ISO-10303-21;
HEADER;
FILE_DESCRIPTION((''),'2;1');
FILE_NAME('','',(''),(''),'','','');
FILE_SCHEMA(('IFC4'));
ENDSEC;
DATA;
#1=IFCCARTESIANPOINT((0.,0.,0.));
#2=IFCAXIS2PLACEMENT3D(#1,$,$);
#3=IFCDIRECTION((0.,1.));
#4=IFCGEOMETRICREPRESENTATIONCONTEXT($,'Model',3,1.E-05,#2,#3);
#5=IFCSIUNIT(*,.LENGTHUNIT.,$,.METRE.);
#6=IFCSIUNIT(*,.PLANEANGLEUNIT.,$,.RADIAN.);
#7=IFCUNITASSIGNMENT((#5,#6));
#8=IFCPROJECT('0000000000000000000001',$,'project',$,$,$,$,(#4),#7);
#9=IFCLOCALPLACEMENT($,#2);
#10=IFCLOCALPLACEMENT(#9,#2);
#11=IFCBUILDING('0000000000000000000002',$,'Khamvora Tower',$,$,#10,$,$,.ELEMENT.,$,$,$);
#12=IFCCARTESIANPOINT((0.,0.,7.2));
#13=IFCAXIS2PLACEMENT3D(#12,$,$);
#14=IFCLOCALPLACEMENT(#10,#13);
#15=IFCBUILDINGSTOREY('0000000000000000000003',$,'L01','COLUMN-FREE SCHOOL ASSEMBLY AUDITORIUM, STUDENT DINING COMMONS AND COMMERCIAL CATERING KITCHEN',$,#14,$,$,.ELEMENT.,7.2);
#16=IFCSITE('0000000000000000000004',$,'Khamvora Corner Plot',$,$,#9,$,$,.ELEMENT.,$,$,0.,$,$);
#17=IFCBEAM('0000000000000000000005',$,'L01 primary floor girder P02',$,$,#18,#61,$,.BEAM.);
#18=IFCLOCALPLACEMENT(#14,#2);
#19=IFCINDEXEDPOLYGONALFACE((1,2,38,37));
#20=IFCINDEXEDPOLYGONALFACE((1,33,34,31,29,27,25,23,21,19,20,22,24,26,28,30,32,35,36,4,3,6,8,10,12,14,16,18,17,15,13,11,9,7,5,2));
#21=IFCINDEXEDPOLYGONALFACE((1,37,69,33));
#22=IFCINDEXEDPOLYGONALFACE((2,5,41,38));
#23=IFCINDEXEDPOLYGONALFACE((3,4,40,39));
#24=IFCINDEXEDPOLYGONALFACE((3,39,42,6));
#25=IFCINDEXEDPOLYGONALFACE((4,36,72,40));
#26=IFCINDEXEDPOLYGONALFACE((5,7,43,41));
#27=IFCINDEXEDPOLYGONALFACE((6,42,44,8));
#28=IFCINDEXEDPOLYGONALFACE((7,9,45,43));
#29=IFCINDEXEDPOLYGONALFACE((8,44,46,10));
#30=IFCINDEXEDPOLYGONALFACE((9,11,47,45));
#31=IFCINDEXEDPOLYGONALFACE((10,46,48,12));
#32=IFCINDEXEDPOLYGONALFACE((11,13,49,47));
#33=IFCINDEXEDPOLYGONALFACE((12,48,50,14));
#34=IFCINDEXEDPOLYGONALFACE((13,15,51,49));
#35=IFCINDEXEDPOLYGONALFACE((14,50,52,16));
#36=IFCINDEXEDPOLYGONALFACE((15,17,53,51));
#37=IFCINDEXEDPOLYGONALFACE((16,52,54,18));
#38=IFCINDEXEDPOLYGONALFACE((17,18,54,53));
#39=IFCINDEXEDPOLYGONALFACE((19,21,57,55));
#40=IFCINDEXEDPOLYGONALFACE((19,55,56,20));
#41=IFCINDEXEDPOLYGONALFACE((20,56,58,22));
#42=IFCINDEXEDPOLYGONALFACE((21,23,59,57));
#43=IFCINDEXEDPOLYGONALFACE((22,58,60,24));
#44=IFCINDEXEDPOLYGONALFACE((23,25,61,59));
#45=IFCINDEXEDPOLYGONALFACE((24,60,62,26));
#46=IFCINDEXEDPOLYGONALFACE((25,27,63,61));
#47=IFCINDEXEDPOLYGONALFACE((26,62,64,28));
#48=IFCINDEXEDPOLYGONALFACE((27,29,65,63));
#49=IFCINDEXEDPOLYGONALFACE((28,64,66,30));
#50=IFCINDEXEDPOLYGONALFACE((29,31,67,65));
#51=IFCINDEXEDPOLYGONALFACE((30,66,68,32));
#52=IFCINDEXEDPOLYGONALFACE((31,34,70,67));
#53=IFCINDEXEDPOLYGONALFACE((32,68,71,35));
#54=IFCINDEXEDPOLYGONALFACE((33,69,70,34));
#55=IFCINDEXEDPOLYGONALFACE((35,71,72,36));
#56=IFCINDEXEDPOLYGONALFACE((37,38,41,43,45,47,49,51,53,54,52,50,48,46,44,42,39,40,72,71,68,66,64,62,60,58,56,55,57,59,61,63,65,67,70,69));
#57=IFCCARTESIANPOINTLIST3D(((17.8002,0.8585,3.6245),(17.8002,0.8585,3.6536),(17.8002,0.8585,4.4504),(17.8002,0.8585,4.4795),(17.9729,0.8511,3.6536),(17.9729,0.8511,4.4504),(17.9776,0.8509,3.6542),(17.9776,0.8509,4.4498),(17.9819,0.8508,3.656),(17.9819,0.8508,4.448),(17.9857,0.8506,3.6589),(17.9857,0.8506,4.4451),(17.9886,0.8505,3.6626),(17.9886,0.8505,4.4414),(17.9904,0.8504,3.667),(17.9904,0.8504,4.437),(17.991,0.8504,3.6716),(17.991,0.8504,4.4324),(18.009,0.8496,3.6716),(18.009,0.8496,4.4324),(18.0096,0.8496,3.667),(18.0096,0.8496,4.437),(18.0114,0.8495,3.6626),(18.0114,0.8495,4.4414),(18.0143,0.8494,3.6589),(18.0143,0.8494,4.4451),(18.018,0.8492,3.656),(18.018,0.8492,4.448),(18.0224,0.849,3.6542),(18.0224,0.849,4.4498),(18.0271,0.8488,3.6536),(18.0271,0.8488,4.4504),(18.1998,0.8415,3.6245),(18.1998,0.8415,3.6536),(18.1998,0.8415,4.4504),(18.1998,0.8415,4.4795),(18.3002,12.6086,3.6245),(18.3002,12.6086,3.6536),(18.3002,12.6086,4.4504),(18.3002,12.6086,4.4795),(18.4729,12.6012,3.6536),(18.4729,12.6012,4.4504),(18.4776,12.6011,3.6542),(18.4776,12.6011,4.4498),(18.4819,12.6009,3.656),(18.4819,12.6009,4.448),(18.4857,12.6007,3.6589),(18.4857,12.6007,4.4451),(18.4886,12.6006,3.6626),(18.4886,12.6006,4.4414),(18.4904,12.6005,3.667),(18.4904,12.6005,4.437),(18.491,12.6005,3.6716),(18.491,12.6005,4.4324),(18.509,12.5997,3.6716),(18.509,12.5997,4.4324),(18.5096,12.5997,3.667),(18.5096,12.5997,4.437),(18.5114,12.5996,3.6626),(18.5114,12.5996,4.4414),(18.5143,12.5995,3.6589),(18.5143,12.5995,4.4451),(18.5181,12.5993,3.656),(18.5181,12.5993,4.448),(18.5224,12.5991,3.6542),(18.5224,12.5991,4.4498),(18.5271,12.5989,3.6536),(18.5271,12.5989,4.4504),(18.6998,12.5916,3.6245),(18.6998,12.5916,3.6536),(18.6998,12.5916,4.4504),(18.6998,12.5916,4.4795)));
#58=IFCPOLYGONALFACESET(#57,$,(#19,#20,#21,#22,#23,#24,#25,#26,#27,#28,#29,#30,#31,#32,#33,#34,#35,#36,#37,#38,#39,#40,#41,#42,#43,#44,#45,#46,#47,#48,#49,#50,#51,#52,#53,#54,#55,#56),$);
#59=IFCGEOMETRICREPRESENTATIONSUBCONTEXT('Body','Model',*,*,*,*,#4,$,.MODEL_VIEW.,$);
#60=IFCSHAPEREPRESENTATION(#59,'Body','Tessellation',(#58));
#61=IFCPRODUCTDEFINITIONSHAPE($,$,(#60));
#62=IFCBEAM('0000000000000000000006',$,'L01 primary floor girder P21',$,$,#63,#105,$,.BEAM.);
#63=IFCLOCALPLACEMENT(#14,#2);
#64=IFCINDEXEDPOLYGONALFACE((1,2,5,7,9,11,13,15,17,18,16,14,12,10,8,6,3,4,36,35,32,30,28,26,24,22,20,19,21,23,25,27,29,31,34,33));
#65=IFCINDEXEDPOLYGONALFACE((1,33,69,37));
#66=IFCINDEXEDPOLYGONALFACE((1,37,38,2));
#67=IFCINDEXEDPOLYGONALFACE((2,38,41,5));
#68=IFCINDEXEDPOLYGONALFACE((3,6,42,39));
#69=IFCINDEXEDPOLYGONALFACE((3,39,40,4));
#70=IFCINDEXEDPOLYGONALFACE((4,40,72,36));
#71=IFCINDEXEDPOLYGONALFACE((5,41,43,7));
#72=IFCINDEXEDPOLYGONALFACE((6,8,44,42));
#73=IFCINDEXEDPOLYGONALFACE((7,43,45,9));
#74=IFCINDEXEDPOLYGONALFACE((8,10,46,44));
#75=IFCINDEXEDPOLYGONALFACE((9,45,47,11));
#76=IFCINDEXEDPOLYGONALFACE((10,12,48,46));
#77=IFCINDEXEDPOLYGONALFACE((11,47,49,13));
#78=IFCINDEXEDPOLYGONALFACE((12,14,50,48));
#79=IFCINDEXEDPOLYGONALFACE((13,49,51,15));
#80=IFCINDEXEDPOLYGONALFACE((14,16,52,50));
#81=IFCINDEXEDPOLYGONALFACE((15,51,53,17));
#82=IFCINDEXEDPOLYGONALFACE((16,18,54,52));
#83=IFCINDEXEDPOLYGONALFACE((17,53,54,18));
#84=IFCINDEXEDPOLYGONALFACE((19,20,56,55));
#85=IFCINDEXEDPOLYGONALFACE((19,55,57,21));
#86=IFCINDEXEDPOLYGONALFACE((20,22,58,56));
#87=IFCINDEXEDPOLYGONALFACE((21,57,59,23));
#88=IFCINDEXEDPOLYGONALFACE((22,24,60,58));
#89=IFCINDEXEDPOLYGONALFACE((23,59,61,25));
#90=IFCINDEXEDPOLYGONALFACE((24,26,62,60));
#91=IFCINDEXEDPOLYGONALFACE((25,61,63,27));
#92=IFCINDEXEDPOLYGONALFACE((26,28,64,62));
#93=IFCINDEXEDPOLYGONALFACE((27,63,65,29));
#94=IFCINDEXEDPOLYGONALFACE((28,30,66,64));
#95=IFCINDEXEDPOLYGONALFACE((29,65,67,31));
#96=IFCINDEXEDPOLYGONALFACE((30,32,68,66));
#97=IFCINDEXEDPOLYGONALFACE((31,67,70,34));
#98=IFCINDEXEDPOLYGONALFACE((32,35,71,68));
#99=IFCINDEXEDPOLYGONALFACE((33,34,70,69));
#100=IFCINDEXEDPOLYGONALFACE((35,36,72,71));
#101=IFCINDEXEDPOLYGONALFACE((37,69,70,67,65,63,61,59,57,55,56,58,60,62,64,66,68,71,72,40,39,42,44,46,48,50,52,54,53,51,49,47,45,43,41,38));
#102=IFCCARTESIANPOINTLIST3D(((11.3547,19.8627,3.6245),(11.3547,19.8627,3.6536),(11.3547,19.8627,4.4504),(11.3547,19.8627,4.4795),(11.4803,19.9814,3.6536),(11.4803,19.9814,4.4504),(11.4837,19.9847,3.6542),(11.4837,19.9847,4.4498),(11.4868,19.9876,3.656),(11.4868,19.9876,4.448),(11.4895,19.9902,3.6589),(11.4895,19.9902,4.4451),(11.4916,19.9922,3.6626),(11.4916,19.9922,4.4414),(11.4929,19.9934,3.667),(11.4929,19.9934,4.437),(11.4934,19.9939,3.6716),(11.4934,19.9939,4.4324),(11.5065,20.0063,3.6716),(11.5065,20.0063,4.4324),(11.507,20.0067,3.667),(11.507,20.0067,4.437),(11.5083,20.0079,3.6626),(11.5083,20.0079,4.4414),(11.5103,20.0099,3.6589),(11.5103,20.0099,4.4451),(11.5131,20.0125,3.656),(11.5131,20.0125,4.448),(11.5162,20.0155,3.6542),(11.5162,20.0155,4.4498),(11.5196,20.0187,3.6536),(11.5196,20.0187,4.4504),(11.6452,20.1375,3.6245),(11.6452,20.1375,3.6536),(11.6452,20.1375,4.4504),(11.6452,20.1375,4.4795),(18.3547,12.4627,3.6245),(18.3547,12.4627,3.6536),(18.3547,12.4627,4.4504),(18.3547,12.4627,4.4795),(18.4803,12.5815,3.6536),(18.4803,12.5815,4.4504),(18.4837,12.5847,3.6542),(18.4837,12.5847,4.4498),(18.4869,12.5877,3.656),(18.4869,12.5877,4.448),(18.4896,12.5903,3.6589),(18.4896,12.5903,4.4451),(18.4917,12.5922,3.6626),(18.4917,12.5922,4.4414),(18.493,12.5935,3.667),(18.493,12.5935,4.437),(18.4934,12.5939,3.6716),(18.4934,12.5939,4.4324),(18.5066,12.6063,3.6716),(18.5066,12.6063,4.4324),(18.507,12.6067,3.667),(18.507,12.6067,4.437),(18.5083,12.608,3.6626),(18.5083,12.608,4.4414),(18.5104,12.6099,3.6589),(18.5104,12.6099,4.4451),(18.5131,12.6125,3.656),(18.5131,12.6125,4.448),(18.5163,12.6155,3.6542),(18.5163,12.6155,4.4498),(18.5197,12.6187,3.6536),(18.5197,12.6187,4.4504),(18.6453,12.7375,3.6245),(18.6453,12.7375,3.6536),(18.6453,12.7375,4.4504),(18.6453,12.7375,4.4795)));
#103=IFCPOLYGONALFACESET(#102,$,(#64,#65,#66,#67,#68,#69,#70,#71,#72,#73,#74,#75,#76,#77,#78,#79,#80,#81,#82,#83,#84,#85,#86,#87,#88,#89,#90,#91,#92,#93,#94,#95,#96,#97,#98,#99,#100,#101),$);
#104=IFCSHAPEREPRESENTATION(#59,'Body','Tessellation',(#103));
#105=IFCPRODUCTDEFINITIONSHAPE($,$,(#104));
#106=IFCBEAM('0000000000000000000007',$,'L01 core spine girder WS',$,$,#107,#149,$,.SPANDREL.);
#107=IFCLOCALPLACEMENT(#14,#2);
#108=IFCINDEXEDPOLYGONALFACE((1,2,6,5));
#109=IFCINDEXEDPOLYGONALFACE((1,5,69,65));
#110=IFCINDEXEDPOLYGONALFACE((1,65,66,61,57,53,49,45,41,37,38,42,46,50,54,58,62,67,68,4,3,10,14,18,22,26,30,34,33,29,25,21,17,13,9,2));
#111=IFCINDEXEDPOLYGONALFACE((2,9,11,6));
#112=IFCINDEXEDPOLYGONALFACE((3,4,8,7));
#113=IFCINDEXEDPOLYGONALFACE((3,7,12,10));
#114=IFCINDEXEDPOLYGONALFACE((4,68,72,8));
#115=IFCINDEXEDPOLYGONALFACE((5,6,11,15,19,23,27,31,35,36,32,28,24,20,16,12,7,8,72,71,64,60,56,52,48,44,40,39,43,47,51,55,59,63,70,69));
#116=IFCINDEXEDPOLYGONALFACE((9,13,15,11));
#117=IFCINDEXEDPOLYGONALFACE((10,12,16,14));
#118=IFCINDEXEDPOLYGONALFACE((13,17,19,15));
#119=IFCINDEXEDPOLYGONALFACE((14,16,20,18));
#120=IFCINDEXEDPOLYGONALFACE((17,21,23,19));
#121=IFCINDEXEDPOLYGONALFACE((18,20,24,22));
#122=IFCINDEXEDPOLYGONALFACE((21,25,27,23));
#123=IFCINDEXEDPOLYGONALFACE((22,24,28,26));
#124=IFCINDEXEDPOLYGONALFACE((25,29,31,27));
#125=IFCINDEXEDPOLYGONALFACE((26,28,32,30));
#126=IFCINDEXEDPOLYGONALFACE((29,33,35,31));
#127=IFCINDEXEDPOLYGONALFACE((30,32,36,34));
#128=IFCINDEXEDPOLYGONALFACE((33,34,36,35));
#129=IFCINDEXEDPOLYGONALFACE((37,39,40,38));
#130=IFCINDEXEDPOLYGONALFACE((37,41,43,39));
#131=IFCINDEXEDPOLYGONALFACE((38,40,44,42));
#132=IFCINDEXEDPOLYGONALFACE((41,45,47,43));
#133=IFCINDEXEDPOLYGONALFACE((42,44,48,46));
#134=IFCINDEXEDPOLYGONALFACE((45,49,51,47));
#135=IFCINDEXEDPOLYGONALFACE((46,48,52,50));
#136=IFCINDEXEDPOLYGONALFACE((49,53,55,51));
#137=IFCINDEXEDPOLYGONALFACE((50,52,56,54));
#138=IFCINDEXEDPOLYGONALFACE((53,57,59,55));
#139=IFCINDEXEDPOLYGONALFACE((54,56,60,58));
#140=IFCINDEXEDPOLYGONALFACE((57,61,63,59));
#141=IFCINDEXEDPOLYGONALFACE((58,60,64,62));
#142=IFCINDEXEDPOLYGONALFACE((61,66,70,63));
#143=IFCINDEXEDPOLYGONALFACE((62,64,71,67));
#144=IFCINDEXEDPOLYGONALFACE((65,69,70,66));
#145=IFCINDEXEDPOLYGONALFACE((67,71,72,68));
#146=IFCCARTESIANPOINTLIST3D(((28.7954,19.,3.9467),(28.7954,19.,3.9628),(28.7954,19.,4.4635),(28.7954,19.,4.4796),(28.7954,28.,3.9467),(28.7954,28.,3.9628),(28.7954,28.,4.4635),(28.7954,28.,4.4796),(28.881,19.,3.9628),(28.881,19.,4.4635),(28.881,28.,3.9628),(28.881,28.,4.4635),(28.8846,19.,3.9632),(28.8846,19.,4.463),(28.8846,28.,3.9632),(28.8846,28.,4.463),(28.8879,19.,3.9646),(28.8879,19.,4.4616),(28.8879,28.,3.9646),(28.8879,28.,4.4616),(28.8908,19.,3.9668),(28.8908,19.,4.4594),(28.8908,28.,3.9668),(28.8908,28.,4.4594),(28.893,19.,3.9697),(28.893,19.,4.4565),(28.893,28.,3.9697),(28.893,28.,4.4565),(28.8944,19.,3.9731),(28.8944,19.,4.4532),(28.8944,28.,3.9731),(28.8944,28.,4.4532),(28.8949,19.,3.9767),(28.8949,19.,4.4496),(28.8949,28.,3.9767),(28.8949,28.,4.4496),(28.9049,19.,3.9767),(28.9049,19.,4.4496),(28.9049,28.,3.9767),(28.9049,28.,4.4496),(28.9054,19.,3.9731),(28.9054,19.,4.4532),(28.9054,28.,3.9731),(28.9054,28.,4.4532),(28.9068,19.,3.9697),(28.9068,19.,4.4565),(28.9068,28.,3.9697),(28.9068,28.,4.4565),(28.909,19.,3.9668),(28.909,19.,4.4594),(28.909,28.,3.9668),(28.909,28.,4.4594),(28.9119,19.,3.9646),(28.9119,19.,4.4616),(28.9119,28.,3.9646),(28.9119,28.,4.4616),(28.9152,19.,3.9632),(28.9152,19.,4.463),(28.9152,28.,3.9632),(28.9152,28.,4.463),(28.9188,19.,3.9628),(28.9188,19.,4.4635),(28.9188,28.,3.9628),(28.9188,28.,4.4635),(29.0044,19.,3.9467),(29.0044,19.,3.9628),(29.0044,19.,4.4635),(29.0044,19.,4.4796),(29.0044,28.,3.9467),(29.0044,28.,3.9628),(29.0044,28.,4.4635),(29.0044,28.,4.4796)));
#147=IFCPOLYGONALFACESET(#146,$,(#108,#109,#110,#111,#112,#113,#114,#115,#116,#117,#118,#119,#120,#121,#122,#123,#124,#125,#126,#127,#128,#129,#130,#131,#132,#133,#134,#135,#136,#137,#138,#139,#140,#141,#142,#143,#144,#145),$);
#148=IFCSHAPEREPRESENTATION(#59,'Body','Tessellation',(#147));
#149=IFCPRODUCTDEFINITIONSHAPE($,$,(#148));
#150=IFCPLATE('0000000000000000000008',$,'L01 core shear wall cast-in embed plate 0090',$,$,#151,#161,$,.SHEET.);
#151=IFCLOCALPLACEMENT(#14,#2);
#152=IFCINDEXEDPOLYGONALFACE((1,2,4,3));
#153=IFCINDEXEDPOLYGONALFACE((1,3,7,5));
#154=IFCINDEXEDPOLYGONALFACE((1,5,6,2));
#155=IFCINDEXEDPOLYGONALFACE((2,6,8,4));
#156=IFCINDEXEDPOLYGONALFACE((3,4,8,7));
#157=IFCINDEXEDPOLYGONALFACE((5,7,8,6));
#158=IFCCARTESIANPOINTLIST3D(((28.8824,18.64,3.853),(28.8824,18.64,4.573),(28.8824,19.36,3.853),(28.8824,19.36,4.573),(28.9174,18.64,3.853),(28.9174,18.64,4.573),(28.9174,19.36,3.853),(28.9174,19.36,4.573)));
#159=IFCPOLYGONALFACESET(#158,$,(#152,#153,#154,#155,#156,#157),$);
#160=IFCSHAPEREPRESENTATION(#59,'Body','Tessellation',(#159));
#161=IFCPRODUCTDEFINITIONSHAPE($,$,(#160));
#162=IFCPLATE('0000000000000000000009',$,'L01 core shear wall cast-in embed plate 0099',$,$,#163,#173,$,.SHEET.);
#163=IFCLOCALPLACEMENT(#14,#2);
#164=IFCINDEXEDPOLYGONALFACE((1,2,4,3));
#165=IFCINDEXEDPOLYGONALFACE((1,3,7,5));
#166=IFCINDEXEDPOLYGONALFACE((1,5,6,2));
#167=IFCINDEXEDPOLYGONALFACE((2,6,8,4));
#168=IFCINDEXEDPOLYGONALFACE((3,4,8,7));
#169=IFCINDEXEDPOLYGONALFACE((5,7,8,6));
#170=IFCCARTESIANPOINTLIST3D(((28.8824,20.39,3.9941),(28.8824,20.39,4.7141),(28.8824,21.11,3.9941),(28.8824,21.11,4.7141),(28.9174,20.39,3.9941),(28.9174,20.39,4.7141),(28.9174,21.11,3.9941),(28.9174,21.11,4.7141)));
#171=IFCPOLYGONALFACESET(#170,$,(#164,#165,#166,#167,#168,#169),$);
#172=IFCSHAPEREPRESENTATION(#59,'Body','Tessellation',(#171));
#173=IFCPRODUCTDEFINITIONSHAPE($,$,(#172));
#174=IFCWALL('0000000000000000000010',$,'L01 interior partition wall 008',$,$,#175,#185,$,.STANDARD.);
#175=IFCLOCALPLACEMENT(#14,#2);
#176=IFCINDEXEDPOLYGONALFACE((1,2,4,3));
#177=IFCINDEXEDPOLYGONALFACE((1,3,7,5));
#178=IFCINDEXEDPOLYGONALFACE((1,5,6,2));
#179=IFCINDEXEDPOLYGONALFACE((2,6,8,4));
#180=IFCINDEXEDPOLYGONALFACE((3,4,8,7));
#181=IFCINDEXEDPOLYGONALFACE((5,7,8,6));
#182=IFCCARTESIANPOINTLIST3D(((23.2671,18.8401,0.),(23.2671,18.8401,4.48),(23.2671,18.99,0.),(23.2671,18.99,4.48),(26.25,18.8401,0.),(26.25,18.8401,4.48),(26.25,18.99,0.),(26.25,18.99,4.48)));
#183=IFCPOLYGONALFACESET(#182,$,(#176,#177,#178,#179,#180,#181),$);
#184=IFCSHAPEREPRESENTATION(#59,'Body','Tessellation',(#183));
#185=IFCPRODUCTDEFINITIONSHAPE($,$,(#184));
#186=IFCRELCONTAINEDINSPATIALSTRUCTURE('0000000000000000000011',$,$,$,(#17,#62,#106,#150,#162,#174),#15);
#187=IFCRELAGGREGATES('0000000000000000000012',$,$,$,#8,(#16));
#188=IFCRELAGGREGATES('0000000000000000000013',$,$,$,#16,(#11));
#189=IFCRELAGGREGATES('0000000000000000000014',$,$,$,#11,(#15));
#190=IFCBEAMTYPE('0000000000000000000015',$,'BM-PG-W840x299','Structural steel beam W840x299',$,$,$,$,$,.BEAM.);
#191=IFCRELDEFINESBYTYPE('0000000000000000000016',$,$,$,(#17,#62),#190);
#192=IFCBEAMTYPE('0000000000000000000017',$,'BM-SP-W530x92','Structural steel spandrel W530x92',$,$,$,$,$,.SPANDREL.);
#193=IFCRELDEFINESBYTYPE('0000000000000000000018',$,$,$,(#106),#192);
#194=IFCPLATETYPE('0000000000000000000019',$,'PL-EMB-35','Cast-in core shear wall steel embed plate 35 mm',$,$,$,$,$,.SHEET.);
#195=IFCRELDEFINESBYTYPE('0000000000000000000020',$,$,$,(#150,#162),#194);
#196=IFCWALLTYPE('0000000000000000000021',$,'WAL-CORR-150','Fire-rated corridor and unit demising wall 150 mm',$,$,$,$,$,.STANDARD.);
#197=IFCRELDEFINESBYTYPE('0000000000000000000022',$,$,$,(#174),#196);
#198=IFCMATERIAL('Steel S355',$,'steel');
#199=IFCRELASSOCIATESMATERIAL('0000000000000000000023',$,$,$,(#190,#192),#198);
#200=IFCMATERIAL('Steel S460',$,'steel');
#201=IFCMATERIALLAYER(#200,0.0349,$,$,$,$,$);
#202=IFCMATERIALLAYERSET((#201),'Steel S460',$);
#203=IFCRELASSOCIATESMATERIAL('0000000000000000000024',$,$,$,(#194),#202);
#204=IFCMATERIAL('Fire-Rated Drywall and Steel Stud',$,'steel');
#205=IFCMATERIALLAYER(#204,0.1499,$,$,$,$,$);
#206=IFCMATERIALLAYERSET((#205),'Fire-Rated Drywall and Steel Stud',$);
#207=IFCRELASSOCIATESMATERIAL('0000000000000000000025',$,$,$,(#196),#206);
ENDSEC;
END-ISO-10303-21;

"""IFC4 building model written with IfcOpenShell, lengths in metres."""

from ifc_helpers import new_model, si_unit, direction, frame, frame_2d, origin, origin_2d, place, context, subcontext, project, spatial, rectangle, i_section, extrude, material, layer, layer_set, material_profile, profile_set, type_object, element, save


model = new_model("IFC4")

# Units and contexts
model_context = context("Model", 3, precision=1e-05, world=origin(), true_north=direction((0.0, 1.0)))
body_context = subcontext(model_context, "Body", "Model", "MODEL_VIEW")
ifc_project = project(units=[si_unit("LENGTHUNIT", "METRE"), si_unit("PLANEANGLEUNIT", "RADIAN")], contexts=[model_context])

# Site, building, storey
site_placement = place(None, origin())
site = spatial("IfcSite", under=ifc_project, at=site_placement, Name="Khamvora Corner Plot", CompositionType="ELEMENT", RefElevation=0.0)
building_placement = place(site_placement, origin())
building = spatial("IfcBuilding", under=site, at=building_placement, Name="Khamvora Tower", CompositionType="ELEMENT")
storey_placement = place(building_placement, frame((0.0, 0.0, 7.2)))
storey = spatial("IfcBuildingStorey", under=building, at=storey_placement, Name="L01", Description="COLUMN-FREE SCHOOL ASSEMBLY AUDITORIUM, STUDENT DINING COMMONS AND COMMERCIAL CATERING KITCHEN", CompositionType="ELEMENT", Elevation=7.2)

# Beams
ifc_material_1 = material(Name="Steel S355", Category="steel")
ifc_material_profile_1 = material_profile(ifc_material_1, i_section(OverallWidth=0.3999, OverallDepth=0.855, WebThickness=0.0181, FlangeThickness=0.0291, FilletRadius=0.0181, at=origin_2d()), Name="W840x299")
ifc_profile_set_1 = profile_set([ifc_material_profile_1], Name="Steel S355")
beam_type_1 = type_object("IfcBeamType", Name="BM-PG-W840x299", Description="Structural steel beam W840x299", PredefinedType="BEAM", material=ifc_profile_set_1)
beam_1_placement = place(storey_placement, frame((18.5, 12.6001, 4.052), z_axis=(-0.042515, -0.999096, 0.0), x_axis=(0.999096, -0.042515, 0.0)))
element("IfcBeam", 1, at=beam_1_placement, inside=storey, type_object=beam_type_1, Name="L01 primary floor girder P02", PredefinedType="BEAM", context=body_context, shape_type="SweptSolid", body=[
    extrude(i_section(OverallWidth=0.3999, OverallDepth=0.855, WebThickness=0.0181, FlangeThickness=0.0291, FilletRadius=0.0181, at=origin_2d()), origin(), (0.0, 0.0, 1.0), 11.7607),
])
beam_2_placement = place(storey_placement, frame((18.5, 12.6001, 4.052), z_axis=(-0.687205, 0.726464, 0.0), x_axis=(-0.726464, -0.687205, 0.0)))
element("IfcBeam", 2, at=beam_2_placement, inside=storey, type_object=beam_type_1, Name="L01 primary floor girder P21", PredefinedType="BEAM", context=body_context, shape_type="SweptSolid", body=[
    extrude(i_section(OverallWidth=0.3999, OverallDepth=0.855, WebThickness=0.0181, FlangeThickness=0.0291, FilletRadius=0.0181, at=origin_2d()), origin(), (0.0, 0.0, 1.0), 10.1863),
])
ifc_material_profile_2 = material_profile(ifc_material_1, i_section(OverallWidth=0.209, OverallDepth=0.533, WebThickness=0.01, FlangeThickness=0.0161, FilletRadius=0.0139, at=origin_2d()), Name="W530x92")
ifc_profile_set_2 = profile_set([ifc_material_profile_2], Name="Steel S355")
beam_type_2 = type_object("IfcBeamType", Name="BM-SP-W530x92", Description="Structural steel spandrel W530x92", PredefinedType="SPANDREL", material=ifc_profile_set_2)
beam_3_placement = place(storey_placement, frame((28.8999, 19.0, 4.2131), z_axis=(0.0, 1.0, 0.0), x_axis=(-1.0, 0.0, 0.0)))
element("IfcBeam", 3, at=beam_3_placement, inside=storey, type_object=beam_type_2, Name="L01 core spine girder WS", PredefinedType="SPANDREL", context=body_context, shape_type="SweptSolid", body=[
    extrude(i_section(OverallWidth=0.209, OverallDepth=0.533, WebThickness=0.01, FlangeThickness=0.0161, FilletRadius=0.0139, at=origin_2d()), origin(), (0.0, 0.0, 1.0), 9.0),
])

# Plates
ifc_material_2 = material(Name="Steel S460", Category="steel")
ifc_layer_1 = layer(ifc_material_2, 0.0349)
ifc_layer_set_1 = layer_set([ifc_layer_1], Name="Steel S460")
plate_type = type_object("IfcPlateType", Name="PL-EMB-35", Description="Cast-in core shear wall steel embed plate 35 mm", PredefinedType="SHEET", material=ifc_layer_set_1)
for number, where, z_axis, x_axis, name in (
    (4, (28.8999, 19.0, 3.853), (0.0, 0.0, 1.0), (1.0, 0.0, 0.0), "L01 core shear wall cast-in embed plate 0090"),
    (5, (28.8999, 20.75, 3.9941), (0.0, 0.0, 1.0), (1.0, 0.0, 0.0), "L01 core shear wall cast-in embed plate 0099"),
):
    element("IfcPlate", number, at=place(storey_placement, frame(where, z_axis=z_axis, x_axis=x_axis)), inside=storey, type_object=plate_type, Name=name, PredefinedType="SHEET", context=body_context, shape_type="SweptSolid", body=[
        extrude(rectangle(XDim=0.0349, YDim=0.72, at=origin_2d()), origin(), (0.0, 0.0, 1.0), 0.72),
    ])

# Wall
ifc_material_3 = material(Name="Fire-Rated Drywall and Steel Stud", Category="steel")
ifc_layer_2 = layer(ifc_material_3, 0.1499)
ifc_layer_set_2 = layer_set([ifc_layer_2], Name="Fire-Rated Drywall and Steel Stud")
wall_type_1 = type_object("IfcWallType", Name="WAL-CORR-150", Description="Fire-rated corridor and unit demising wall 150 mm", PredefinedType="STANDARD", material=ifc_layer_set_2)
wall_1_placement = place(storey_placement, frame((23.2671, 18.915, 0.0), z_axis=(0.0, 0.0, 1.0), x_axis=(1.0, 0.0, 0.0)))
element("IfcWall", 6, at=wall_1_placement, inside=storey, type_object=wall_type_1, Name="L01 interior partition wall 008", PredefinedType="STANDARD", context=body_context, shape_type="SweptSolid", body=[
    extrude(rectangle(XDim=2.9829, YDim=0.1499, at=frame_2d((1.4915, 0.0))), origin(), (0.0, 0.0, 1.0), 4.48),
])

save(model, "model.ifc")
